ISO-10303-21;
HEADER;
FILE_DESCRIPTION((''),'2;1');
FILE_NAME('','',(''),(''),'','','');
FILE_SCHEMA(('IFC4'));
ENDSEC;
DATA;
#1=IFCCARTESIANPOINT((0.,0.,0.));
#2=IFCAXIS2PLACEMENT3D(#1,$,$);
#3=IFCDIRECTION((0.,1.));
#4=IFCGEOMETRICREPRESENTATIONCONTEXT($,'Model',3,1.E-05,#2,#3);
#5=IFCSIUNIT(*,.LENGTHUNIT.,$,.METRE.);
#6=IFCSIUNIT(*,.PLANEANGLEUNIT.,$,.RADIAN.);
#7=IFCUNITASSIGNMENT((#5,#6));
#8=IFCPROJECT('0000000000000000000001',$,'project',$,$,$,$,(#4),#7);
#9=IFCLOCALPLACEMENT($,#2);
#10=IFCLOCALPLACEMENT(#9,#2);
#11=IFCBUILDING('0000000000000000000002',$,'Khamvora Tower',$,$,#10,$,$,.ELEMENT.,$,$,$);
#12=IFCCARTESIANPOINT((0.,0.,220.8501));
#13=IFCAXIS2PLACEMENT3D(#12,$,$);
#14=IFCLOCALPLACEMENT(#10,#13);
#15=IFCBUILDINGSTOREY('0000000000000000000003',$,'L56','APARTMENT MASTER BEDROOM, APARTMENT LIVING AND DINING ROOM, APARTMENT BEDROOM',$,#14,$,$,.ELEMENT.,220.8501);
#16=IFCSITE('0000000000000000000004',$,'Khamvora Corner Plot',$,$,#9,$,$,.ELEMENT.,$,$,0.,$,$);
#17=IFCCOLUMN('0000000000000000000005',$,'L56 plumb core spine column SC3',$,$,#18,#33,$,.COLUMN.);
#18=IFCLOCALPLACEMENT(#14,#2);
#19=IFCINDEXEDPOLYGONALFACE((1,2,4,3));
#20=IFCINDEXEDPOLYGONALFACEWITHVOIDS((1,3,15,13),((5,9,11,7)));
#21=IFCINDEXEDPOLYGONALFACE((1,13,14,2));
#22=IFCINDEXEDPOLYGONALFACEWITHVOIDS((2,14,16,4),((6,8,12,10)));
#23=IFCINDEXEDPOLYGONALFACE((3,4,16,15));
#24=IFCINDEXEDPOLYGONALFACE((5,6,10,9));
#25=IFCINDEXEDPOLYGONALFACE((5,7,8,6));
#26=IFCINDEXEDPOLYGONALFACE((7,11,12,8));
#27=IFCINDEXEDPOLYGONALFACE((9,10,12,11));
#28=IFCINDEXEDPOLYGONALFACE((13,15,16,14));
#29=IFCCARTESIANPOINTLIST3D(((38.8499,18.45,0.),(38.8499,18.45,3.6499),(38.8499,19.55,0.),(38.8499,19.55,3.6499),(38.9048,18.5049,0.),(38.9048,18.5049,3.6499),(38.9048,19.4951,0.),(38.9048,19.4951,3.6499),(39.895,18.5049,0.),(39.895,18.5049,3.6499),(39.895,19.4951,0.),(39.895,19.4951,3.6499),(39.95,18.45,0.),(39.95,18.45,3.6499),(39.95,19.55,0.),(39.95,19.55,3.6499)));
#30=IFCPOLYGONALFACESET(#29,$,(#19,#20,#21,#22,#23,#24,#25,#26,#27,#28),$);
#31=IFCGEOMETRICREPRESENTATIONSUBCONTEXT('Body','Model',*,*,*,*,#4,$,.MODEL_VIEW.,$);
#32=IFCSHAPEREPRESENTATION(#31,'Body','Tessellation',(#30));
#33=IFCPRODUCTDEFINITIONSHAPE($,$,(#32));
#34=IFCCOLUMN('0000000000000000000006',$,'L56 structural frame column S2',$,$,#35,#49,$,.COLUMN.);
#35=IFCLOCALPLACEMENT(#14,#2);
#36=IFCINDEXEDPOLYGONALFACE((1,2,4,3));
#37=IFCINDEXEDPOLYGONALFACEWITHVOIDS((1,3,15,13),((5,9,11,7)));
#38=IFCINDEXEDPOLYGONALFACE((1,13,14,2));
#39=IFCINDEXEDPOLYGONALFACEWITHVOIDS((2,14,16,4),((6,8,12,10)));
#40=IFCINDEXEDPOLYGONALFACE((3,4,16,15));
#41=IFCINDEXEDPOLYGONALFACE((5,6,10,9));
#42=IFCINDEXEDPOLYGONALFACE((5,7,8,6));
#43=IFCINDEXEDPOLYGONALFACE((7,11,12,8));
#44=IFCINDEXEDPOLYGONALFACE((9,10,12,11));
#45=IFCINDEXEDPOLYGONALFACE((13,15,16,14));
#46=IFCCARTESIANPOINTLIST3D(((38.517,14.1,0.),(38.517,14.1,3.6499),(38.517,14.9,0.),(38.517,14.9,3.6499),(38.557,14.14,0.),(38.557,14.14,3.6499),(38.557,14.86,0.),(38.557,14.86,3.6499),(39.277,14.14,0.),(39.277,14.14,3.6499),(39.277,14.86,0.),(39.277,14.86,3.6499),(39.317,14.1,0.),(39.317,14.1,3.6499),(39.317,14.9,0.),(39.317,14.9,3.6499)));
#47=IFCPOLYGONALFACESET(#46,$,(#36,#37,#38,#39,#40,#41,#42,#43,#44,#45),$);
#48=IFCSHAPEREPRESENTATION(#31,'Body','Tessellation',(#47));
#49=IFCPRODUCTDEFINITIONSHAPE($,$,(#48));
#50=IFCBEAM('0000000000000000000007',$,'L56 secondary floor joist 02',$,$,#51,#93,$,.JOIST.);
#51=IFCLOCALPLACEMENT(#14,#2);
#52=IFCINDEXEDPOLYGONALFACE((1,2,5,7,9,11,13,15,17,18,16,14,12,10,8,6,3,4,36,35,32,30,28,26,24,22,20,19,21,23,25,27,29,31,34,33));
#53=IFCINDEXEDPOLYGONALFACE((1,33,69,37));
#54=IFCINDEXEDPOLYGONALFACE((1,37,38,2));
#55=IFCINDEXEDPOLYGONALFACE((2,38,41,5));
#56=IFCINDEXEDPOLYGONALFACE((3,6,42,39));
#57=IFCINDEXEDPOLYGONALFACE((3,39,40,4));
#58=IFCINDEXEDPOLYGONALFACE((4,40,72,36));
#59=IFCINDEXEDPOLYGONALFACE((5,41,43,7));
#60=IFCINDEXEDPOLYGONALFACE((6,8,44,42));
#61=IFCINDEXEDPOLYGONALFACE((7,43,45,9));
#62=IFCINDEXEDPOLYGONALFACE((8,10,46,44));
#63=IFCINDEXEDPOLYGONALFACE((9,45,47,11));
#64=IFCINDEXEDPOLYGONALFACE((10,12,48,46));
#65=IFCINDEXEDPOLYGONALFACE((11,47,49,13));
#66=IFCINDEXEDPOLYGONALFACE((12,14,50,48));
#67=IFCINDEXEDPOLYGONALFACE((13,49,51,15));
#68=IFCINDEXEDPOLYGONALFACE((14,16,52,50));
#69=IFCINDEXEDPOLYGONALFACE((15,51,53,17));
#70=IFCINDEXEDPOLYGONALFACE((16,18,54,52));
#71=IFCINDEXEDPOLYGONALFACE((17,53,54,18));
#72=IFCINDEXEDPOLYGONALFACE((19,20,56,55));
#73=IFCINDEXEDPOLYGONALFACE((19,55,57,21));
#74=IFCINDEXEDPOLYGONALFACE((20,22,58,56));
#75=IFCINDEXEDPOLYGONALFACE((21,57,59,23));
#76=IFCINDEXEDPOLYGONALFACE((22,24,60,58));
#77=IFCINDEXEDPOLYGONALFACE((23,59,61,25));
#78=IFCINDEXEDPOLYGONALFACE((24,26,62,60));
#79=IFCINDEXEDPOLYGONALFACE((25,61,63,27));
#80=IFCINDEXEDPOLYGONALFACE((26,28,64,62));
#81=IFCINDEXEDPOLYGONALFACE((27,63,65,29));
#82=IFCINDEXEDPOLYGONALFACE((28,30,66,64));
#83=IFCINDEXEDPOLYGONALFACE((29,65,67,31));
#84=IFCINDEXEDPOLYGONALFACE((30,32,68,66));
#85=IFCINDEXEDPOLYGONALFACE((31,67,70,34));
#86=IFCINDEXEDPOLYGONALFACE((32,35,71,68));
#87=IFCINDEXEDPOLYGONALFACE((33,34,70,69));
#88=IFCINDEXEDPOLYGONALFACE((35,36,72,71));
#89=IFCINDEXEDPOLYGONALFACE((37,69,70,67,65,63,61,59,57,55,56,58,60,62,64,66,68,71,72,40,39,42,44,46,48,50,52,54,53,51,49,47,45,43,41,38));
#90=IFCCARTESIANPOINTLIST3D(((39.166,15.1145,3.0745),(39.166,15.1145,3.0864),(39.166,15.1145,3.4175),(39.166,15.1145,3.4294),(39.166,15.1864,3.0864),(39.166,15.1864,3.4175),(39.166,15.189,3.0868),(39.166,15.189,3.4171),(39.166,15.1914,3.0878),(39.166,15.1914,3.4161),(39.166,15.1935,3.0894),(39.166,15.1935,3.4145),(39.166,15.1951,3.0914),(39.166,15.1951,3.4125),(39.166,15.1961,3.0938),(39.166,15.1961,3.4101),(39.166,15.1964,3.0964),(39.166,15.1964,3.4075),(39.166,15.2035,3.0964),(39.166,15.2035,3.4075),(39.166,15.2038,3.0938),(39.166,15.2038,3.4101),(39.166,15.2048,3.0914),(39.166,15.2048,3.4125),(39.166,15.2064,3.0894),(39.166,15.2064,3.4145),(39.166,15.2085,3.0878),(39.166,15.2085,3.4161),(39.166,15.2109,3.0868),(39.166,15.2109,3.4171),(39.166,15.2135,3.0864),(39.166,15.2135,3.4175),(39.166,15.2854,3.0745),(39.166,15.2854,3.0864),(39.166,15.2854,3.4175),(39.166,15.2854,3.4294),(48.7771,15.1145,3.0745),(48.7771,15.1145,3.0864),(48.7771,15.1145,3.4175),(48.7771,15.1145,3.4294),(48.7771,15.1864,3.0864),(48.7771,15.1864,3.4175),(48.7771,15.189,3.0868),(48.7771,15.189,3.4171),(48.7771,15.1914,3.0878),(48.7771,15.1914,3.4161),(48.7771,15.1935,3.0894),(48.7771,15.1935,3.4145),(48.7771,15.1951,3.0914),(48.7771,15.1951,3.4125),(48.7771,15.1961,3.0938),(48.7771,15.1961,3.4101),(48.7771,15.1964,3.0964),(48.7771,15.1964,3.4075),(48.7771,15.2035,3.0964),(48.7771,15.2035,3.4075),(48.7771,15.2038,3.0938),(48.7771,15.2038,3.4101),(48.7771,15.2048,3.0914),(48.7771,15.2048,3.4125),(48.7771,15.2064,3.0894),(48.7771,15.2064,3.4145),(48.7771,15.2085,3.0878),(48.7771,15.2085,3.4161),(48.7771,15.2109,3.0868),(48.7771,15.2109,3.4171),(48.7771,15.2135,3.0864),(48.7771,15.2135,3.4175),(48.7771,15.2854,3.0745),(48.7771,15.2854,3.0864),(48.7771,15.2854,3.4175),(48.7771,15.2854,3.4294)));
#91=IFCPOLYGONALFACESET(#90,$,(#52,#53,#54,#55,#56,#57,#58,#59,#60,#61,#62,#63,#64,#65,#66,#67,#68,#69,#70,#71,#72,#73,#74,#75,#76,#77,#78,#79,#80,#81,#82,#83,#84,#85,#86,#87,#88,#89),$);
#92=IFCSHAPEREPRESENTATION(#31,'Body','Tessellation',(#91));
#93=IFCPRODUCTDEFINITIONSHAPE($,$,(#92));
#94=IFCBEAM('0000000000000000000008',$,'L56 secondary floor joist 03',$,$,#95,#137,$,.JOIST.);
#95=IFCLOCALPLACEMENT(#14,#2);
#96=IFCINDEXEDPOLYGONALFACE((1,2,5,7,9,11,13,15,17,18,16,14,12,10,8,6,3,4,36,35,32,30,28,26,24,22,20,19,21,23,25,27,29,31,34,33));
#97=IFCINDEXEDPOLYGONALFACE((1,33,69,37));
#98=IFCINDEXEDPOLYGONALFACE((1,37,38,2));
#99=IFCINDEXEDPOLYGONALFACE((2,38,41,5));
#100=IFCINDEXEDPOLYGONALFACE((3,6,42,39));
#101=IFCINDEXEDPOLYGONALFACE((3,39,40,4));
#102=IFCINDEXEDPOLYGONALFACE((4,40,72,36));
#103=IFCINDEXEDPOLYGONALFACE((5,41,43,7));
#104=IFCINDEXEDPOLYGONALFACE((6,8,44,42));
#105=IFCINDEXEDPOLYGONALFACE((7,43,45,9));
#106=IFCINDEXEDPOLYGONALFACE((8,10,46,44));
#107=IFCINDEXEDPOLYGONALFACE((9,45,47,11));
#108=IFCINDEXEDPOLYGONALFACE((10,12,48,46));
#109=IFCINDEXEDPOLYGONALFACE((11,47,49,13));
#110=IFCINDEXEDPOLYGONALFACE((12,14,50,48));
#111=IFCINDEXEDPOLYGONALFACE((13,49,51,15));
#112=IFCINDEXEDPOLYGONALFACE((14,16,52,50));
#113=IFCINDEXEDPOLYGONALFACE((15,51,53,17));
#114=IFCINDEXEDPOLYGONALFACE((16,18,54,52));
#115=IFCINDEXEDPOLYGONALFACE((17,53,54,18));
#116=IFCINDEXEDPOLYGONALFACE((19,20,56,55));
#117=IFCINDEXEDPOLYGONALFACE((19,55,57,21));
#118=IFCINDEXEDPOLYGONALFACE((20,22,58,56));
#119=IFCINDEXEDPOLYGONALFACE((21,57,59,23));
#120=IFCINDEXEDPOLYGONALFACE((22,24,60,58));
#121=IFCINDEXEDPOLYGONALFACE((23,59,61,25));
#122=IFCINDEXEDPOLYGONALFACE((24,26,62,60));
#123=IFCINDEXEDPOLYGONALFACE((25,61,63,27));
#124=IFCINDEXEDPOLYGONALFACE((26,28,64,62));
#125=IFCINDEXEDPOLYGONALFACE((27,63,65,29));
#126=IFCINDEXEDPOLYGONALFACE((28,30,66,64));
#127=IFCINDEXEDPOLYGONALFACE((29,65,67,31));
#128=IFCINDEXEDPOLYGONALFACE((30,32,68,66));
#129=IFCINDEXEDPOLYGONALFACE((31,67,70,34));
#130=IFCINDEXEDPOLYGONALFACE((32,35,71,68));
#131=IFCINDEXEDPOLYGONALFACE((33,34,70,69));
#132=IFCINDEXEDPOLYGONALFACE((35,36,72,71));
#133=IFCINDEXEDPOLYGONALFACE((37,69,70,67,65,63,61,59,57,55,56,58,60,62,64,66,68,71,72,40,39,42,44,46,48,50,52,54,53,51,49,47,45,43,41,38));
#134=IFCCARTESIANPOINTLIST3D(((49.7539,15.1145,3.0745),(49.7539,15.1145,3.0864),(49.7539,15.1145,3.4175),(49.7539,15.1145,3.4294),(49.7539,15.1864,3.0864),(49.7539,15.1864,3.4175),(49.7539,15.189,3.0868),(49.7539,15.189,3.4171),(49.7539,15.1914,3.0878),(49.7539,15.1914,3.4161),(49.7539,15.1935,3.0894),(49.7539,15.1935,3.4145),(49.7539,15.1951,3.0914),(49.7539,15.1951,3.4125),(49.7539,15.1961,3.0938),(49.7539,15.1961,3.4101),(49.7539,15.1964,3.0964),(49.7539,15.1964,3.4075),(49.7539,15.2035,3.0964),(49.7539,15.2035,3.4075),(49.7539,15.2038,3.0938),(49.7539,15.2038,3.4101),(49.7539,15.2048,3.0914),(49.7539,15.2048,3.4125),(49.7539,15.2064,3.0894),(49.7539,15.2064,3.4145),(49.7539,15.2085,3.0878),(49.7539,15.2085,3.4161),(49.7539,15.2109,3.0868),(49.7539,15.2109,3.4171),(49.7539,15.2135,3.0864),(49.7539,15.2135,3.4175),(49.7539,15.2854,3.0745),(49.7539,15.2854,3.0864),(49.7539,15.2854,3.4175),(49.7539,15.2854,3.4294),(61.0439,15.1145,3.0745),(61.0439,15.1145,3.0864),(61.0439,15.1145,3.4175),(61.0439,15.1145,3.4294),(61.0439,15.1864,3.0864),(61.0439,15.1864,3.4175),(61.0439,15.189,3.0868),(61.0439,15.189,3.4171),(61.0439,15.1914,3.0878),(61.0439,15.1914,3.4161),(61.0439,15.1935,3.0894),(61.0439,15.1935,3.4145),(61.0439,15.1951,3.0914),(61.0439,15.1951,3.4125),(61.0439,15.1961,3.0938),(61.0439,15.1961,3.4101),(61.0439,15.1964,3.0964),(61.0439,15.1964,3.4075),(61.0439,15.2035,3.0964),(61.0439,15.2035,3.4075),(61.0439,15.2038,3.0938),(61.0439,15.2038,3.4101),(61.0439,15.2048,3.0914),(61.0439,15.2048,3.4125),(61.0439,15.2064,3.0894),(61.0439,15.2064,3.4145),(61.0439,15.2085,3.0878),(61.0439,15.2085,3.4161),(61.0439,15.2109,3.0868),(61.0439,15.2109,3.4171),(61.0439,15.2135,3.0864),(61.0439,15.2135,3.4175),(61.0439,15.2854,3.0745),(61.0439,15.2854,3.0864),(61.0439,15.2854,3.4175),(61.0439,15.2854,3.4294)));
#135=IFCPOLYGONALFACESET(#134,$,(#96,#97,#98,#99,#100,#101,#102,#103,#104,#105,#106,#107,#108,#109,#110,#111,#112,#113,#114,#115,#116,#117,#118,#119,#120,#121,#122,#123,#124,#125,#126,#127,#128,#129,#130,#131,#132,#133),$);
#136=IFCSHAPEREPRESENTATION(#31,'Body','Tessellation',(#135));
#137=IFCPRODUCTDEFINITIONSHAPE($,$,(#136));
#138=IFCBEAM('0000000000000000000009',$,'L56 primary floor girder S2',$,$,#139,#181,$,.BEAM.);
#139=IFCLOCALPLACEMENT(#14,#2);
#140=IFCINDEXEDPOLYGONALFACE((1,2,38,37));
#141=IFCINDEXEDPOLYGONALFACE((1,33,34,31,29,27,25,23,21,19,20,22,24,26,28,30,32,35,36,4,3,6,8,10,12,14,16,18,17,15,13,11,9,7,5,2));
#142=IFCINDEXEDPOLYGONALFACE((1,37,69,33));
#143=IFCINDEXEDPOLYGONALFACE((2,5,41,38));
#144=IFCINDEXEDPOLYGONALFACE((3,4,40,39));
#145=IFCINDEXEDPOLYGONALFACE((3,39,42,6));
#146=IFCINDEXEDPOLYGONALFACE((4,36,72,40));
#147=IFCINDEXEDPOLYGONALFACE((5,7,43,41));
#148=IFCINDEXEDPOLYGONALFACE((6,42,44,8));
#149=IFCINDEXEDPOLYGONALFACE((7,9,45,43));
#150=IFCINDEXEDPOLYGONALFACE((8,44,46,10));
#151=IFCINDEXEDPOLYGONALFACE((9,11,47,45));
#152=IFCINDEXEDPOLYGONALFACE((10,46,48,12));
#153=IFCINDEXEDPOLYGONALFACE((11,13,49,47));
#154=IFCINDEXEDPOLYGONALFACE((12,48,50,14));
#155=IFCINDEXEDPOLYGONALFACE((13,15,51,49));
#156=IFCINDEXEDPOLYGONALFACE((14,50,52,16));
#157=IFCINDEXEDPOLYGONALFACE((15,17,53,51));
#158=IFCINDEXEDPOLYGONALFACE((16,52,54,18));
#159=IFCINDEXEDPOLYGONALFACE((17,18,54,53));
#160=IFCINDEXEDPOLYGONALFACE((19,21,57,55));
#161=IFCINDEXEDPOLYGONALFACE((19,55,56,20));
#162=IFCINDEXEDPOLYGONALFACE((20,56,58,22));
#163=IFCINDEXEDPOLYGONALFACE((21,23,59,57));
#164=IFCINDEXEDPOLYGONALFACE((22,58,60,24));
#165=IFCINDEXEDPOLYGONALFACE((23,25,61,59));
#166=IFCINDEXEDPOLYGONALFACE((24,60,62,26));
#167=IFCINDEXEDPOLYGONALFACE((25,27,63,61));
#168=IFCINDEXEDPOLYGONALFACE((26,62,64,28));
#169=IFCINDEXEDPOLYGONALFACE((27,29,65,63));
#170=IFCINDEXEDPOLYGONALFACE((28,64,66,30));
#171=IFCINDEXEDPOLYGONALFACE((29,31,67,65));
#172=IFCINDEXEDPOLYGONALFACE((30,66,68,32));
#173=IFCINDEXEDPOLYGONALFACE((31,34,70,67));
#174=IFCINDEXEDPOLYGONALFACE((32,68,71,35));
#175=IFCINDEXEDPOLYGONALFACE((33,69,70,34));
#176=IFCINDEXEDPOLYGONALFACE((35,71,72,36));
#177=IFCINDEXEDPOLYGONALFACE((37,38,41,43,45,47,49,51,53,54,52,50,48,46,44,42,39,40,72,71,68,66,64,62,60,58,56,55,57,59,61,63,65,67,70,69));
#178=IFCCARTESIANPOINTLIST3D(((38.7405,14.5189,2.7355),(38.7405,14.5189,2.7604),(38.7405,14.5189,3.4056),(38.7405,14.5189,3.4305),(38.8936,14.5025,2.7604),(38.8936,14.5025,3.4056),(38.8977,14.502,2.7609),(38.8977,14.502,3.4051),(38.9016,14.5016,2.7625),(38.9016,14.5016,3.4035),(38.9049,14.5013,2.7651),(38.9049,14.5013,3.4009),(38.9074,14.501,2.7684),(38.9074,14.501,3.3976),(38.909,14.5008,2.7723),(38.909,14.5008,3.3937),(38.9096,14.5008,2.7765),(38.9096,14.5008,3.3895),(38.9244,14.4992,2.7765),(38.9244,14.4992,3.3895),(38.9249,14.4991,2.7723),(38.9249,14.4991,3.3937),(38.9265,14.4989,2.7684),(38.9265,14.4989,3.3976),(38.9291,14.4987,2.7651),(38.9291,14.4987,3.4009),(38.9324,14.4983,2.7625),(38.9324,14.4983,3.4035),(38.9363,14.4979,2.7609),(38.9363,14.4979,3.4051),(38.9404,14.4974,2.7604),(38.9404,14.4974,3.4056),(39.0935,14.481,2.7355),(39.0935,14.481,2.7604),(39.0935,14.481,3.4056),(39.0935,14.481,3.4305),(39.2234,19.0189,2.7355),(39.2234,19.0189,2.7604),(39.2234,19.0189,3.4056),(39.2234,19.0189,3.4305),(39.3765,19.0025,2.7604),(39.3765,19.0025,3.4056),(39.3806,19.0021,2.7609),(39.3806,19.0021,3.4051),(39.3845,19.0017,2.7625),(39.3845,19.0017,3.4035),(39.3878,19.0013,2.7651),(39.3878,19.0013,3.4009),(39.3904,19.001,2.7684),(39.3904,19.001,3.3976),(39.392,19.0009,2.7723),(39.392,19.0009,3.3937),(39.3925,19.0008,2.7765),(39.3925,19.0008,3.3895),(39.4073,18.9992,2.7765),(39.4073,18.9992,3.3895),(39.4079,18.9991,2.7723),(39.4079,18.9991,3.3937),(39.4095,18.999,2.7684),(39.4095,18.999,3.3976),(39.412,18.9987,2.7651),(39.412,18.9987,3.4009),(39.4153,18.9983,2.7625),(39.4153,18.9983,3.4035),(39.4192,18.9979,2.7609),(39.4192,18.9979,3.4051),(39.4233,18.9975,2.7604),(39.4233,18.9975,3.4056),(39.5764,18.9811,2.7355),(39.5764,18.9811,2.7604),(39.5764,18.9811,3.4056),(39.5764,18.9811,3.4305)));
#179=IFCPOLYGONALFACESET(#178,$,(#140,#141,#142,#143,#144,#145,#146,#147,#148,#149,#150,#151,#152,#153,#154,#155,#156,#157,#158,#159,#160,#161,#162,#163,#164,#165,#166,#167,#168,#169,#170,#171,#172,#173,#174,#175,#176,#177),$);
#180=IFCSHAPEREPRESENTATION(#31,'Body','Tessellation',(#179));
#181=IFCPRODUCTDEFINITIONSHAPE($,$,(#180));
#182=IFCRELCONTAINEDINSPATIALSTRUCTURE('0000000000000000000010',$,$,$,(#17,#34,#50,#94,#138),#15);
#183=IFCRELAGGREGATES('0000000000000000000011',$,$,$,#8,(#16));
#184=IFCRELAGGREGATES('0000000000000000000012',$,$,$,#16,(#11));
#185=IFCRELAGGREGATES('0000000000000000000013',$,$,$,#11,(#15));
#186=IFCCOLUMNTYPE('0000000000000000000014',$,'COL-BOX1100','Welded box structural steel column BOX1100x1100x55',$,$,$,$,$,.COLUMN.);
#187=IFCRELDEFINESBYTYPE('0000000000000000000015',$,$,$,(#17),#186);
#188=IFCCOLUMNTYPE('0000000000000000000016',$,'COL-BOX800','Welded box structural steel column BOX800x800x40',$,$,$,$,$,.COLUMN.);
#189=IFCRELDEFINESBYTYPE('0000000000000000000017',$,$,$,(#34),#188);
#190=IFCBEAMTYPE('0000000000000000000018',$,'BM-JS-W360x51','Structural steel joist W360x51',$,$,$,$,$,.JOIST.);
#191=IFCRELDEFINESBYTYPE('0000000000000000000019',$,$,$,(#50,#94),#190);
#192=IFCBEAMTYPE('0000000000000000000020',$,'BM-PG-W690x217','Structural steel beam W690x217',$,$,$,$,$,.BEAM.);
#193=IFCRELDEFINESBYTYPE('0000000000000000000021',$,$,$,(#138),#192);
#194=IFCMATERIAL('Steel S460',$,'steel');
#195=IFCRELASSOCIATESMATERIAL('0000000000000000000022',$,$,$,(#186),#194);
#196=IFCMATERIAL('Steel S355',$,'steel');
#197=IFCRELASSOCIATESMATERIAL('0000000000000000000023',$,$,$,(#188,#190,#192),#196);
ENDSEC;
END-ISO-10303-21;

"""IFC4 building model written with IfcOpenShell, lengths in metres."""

from ifc_helpers import new_model, si_unit, direction, frame, origin, origin_2d, place, context, subcontext, project, spatial, hollow_rectangle, i_section, extrude, material, material_profile, profile_set, type_object, element, save


model = new_model("IFC4")

# Units and contexts
model_context = context("Model", 3, precision=1e-05, world=origin(), true_north=direction((0.0, 1.0)))
body_context = subcontext(model_context, "Body", "Model", "MODEL_VIEW")
ifc_project = project(units=[si_unit("LENGTHUNIT", "METRE"), si_unit("PLANEANGLEUNIT", "RADIAN")], contexts=[model_context])

# Site, building, storey
site_placement = place(None, origin())
site = spatial("IfcSite", under=ifc_project, at=site_placement, Name="Khamvora Corner Plot", CompositionType="ELEMENT", RefElevation=0.0)
building_placement = place(site_placement, origin())
building = spatial("IfcBuilding", under=site, at=building_placement, Name="Khamvora Tower", CompositionType="ELEMENT")
storey_placement = place(building_placement, frame((0.0, 0.0, 220.8501)))
storey = spatial("IfcBuildingStorey", under=building, at=storey_placement, Name="L56", Description="APARTMENT MASTER BEDROOM, APARTMENT LIVING AND DINING ROOM, APARTMENT BEDROOM", CompositionType="ELEMENT", Elevation=220.8501)

# Columns
ifc_material_1 = material(Name="Steel S460", Category="steel")
ifc_material_profile_1 = material_profile(ifc_material_1, hollow_rectangle(XDim=1.1001, YDim=1.1001, WallThickness=0.0549, at=origin_2d()), Name="BOX1100x1100x55")
ifc_profile_set_1 = profile_set([ifc_material_profile_1], Name="Steel S460")
column_type_1 = type_object("IfcColumnType", Name="COL-BOX1100", Description="Welded box structural steel column BOX1100x1100x55", PredefinedType="COLUMN", material=ifc_profile_set_1)
column_1_placement = place(storey_placement, frame((39.3999, 19.0, 0.0), z_axis=(0.0, 0.0, 1.0), x_axis=(1.0, 0.0, 0.0)))
element("IfcColumn", 1, at=column_1_placement, inside=storey, type_object=column_type_1, Name="L56 plumb core spine column SC3", PredefinedType="COLUMN", context=body_context, shape_type="SweptSolid", body=[
    extrude(hollow_rectangle(XDim=1.1001, YDim=1.1001, WallThickness=0.0549, at=origin_2d()), origin(), (0.0, 0.0, 1.0), 3.6499),
])
ifc_material_2 = material(Name="Steel S355", Category="steel")
ifc_material_profile_2 = material_profile(ifc_material_2, hollow_rectangle(XDim=0.8, YDim=0.8, WallThickness=0.04, at=origin_2d()), Name="BOX800x800x40")
ifc_profile_set_2 = profile_set([ifc_material_profile_2], Name="Steel S355")
column_type_2 = type_object("IfcColumnType", Name="COL-BOX800", Description="Welded box structural steel column BOX800x800x40", PredefinedType="COLUMN", material=ifc_profile_set_2)
column_2_placement = place(storey_placement, frame((38.917, 14.5, 0.0), z_axis=(0.0, 0.0, 1.0), x_axis=(1.0, 0.0, 0.0)))
element("IfcColumn", 2, at=column_2_placement, inside=storey, type_object=column_type_2, Name="L56 structural frame column S2", PredefinedType="COLUMN", context=body_context, shape_type="SweptSolid", body=[
    extrude(hollow_rectangle(XDim=0.8, YDim=0.8, WallThickness=0.04, at=origin_2d()), origin(), (0.0, 0.0, 1.0), 3.6499),
])

# Beams
ifc_material_profile_3 = material_profile(ifc_material_2, i_section(OverallWidth=0.1709, OverallDepth=0.355, WebThickness=0.0071, FlangeThickness=0.012, FilletRadius=0.01, at=origin_2d()), Name="W360x51")
ifc_profile_set_3 = profile_set([ifc_material_profile_3], Name="Steel S355")
beam_type_1 = type_object("IfcBeamType", Name="BM-JS-W360x51", Description="Structural steel joist W360x51", PredefinedType="JOIST", material=ifc_profile_set_3)
beam_1_placement = place(storey_placement, frame((39.166, 15.2, 3.252), z_axis=(1.0, 0.0, 0.0), x_axis=(0.0, 1.0, 0.0)))
element("IfcBeam", 3, at=beam_1_placement, inside=storey, type_object=beam_type_1, Name="L56 secondary floor joist 02", PredefinedType="JOIST", context=body_context, shape_type="SweptSolid", body=[
    extrude(i_section(OverallWidth=0.1709, OverallDepth=0.355, WebThickness=0.0071, FlangeThickness=0.012, FilletRadius=0.01, at=origin_2d()), origin(), (0.0, 0.0, 1.0), 9.6111),
])
beam_2_placement = place(storey_placement, frame((49.7539, 15.2, 3.252), z_axis=(1.0, 0.0, 0.0), x_axis=(0.0, 1.0, 0.0)))
element("IfcBeam", 4, at=beam_2_placement, inside=storey, type_object=beam_type_1, Name="L56 secondary floor joist 03", PredefinedType="JOIST", context=body_context, shape_type="SweptSolid", body=[
    extrude(i_section(OverallWidth=0.1709, OverallDepth=0.355, WebThickness=0.0071, FlangeThickness=0.012, FilletRadius=0.01, at=origin_2d()), origin(), (0.0, 0.0, 1.0), 11.29),
])
ifc_material_profile_4 = material_profile(ifc_material_2, i_section(OverallWidth=0.355, OverallDepth=0.6951, WebThickness=0.0149, FlangeThickness=0.0249, FilletRadius=0.0161, at=origin_2d()), Name="W690x217")
ifc_profile_set_4 = profile_set([ifc_material_profile_4], Name="Steel S355")
beam_type_2 = type_object("IfcBeamType", Name="BM-PG-W690x217", Description="Structural steel beam W690x217", PredefinedType="BEAM", material=ifc_profile_set_4)
beam_3_placement = place(storey_placement, frame((39.3999, 19.0, 3.083), z_axis=(-0.106701, -0.994291, 0.0), x_axis=(0.994291, -0.106701, 0.0)))
element("IfcBeam", 5, at=beam_3_placement, inside=storey, type_object=beam_type_2, Name="L56 primary floor girder S2", PredefinedType="BEAM", context=body_context, shape_type="SweptSolid", body=[
    extrude(i_section(OverallWidth=0.355, OverallDepth=0.6951, WebThickness=0.0149, FlangeThickness=0.0249, FilletRadius=0.0161, at=origin_2d()), origin(), (0.0, 0.0, 1.0), 4.5259),
])

save(model, "model.ifc")
